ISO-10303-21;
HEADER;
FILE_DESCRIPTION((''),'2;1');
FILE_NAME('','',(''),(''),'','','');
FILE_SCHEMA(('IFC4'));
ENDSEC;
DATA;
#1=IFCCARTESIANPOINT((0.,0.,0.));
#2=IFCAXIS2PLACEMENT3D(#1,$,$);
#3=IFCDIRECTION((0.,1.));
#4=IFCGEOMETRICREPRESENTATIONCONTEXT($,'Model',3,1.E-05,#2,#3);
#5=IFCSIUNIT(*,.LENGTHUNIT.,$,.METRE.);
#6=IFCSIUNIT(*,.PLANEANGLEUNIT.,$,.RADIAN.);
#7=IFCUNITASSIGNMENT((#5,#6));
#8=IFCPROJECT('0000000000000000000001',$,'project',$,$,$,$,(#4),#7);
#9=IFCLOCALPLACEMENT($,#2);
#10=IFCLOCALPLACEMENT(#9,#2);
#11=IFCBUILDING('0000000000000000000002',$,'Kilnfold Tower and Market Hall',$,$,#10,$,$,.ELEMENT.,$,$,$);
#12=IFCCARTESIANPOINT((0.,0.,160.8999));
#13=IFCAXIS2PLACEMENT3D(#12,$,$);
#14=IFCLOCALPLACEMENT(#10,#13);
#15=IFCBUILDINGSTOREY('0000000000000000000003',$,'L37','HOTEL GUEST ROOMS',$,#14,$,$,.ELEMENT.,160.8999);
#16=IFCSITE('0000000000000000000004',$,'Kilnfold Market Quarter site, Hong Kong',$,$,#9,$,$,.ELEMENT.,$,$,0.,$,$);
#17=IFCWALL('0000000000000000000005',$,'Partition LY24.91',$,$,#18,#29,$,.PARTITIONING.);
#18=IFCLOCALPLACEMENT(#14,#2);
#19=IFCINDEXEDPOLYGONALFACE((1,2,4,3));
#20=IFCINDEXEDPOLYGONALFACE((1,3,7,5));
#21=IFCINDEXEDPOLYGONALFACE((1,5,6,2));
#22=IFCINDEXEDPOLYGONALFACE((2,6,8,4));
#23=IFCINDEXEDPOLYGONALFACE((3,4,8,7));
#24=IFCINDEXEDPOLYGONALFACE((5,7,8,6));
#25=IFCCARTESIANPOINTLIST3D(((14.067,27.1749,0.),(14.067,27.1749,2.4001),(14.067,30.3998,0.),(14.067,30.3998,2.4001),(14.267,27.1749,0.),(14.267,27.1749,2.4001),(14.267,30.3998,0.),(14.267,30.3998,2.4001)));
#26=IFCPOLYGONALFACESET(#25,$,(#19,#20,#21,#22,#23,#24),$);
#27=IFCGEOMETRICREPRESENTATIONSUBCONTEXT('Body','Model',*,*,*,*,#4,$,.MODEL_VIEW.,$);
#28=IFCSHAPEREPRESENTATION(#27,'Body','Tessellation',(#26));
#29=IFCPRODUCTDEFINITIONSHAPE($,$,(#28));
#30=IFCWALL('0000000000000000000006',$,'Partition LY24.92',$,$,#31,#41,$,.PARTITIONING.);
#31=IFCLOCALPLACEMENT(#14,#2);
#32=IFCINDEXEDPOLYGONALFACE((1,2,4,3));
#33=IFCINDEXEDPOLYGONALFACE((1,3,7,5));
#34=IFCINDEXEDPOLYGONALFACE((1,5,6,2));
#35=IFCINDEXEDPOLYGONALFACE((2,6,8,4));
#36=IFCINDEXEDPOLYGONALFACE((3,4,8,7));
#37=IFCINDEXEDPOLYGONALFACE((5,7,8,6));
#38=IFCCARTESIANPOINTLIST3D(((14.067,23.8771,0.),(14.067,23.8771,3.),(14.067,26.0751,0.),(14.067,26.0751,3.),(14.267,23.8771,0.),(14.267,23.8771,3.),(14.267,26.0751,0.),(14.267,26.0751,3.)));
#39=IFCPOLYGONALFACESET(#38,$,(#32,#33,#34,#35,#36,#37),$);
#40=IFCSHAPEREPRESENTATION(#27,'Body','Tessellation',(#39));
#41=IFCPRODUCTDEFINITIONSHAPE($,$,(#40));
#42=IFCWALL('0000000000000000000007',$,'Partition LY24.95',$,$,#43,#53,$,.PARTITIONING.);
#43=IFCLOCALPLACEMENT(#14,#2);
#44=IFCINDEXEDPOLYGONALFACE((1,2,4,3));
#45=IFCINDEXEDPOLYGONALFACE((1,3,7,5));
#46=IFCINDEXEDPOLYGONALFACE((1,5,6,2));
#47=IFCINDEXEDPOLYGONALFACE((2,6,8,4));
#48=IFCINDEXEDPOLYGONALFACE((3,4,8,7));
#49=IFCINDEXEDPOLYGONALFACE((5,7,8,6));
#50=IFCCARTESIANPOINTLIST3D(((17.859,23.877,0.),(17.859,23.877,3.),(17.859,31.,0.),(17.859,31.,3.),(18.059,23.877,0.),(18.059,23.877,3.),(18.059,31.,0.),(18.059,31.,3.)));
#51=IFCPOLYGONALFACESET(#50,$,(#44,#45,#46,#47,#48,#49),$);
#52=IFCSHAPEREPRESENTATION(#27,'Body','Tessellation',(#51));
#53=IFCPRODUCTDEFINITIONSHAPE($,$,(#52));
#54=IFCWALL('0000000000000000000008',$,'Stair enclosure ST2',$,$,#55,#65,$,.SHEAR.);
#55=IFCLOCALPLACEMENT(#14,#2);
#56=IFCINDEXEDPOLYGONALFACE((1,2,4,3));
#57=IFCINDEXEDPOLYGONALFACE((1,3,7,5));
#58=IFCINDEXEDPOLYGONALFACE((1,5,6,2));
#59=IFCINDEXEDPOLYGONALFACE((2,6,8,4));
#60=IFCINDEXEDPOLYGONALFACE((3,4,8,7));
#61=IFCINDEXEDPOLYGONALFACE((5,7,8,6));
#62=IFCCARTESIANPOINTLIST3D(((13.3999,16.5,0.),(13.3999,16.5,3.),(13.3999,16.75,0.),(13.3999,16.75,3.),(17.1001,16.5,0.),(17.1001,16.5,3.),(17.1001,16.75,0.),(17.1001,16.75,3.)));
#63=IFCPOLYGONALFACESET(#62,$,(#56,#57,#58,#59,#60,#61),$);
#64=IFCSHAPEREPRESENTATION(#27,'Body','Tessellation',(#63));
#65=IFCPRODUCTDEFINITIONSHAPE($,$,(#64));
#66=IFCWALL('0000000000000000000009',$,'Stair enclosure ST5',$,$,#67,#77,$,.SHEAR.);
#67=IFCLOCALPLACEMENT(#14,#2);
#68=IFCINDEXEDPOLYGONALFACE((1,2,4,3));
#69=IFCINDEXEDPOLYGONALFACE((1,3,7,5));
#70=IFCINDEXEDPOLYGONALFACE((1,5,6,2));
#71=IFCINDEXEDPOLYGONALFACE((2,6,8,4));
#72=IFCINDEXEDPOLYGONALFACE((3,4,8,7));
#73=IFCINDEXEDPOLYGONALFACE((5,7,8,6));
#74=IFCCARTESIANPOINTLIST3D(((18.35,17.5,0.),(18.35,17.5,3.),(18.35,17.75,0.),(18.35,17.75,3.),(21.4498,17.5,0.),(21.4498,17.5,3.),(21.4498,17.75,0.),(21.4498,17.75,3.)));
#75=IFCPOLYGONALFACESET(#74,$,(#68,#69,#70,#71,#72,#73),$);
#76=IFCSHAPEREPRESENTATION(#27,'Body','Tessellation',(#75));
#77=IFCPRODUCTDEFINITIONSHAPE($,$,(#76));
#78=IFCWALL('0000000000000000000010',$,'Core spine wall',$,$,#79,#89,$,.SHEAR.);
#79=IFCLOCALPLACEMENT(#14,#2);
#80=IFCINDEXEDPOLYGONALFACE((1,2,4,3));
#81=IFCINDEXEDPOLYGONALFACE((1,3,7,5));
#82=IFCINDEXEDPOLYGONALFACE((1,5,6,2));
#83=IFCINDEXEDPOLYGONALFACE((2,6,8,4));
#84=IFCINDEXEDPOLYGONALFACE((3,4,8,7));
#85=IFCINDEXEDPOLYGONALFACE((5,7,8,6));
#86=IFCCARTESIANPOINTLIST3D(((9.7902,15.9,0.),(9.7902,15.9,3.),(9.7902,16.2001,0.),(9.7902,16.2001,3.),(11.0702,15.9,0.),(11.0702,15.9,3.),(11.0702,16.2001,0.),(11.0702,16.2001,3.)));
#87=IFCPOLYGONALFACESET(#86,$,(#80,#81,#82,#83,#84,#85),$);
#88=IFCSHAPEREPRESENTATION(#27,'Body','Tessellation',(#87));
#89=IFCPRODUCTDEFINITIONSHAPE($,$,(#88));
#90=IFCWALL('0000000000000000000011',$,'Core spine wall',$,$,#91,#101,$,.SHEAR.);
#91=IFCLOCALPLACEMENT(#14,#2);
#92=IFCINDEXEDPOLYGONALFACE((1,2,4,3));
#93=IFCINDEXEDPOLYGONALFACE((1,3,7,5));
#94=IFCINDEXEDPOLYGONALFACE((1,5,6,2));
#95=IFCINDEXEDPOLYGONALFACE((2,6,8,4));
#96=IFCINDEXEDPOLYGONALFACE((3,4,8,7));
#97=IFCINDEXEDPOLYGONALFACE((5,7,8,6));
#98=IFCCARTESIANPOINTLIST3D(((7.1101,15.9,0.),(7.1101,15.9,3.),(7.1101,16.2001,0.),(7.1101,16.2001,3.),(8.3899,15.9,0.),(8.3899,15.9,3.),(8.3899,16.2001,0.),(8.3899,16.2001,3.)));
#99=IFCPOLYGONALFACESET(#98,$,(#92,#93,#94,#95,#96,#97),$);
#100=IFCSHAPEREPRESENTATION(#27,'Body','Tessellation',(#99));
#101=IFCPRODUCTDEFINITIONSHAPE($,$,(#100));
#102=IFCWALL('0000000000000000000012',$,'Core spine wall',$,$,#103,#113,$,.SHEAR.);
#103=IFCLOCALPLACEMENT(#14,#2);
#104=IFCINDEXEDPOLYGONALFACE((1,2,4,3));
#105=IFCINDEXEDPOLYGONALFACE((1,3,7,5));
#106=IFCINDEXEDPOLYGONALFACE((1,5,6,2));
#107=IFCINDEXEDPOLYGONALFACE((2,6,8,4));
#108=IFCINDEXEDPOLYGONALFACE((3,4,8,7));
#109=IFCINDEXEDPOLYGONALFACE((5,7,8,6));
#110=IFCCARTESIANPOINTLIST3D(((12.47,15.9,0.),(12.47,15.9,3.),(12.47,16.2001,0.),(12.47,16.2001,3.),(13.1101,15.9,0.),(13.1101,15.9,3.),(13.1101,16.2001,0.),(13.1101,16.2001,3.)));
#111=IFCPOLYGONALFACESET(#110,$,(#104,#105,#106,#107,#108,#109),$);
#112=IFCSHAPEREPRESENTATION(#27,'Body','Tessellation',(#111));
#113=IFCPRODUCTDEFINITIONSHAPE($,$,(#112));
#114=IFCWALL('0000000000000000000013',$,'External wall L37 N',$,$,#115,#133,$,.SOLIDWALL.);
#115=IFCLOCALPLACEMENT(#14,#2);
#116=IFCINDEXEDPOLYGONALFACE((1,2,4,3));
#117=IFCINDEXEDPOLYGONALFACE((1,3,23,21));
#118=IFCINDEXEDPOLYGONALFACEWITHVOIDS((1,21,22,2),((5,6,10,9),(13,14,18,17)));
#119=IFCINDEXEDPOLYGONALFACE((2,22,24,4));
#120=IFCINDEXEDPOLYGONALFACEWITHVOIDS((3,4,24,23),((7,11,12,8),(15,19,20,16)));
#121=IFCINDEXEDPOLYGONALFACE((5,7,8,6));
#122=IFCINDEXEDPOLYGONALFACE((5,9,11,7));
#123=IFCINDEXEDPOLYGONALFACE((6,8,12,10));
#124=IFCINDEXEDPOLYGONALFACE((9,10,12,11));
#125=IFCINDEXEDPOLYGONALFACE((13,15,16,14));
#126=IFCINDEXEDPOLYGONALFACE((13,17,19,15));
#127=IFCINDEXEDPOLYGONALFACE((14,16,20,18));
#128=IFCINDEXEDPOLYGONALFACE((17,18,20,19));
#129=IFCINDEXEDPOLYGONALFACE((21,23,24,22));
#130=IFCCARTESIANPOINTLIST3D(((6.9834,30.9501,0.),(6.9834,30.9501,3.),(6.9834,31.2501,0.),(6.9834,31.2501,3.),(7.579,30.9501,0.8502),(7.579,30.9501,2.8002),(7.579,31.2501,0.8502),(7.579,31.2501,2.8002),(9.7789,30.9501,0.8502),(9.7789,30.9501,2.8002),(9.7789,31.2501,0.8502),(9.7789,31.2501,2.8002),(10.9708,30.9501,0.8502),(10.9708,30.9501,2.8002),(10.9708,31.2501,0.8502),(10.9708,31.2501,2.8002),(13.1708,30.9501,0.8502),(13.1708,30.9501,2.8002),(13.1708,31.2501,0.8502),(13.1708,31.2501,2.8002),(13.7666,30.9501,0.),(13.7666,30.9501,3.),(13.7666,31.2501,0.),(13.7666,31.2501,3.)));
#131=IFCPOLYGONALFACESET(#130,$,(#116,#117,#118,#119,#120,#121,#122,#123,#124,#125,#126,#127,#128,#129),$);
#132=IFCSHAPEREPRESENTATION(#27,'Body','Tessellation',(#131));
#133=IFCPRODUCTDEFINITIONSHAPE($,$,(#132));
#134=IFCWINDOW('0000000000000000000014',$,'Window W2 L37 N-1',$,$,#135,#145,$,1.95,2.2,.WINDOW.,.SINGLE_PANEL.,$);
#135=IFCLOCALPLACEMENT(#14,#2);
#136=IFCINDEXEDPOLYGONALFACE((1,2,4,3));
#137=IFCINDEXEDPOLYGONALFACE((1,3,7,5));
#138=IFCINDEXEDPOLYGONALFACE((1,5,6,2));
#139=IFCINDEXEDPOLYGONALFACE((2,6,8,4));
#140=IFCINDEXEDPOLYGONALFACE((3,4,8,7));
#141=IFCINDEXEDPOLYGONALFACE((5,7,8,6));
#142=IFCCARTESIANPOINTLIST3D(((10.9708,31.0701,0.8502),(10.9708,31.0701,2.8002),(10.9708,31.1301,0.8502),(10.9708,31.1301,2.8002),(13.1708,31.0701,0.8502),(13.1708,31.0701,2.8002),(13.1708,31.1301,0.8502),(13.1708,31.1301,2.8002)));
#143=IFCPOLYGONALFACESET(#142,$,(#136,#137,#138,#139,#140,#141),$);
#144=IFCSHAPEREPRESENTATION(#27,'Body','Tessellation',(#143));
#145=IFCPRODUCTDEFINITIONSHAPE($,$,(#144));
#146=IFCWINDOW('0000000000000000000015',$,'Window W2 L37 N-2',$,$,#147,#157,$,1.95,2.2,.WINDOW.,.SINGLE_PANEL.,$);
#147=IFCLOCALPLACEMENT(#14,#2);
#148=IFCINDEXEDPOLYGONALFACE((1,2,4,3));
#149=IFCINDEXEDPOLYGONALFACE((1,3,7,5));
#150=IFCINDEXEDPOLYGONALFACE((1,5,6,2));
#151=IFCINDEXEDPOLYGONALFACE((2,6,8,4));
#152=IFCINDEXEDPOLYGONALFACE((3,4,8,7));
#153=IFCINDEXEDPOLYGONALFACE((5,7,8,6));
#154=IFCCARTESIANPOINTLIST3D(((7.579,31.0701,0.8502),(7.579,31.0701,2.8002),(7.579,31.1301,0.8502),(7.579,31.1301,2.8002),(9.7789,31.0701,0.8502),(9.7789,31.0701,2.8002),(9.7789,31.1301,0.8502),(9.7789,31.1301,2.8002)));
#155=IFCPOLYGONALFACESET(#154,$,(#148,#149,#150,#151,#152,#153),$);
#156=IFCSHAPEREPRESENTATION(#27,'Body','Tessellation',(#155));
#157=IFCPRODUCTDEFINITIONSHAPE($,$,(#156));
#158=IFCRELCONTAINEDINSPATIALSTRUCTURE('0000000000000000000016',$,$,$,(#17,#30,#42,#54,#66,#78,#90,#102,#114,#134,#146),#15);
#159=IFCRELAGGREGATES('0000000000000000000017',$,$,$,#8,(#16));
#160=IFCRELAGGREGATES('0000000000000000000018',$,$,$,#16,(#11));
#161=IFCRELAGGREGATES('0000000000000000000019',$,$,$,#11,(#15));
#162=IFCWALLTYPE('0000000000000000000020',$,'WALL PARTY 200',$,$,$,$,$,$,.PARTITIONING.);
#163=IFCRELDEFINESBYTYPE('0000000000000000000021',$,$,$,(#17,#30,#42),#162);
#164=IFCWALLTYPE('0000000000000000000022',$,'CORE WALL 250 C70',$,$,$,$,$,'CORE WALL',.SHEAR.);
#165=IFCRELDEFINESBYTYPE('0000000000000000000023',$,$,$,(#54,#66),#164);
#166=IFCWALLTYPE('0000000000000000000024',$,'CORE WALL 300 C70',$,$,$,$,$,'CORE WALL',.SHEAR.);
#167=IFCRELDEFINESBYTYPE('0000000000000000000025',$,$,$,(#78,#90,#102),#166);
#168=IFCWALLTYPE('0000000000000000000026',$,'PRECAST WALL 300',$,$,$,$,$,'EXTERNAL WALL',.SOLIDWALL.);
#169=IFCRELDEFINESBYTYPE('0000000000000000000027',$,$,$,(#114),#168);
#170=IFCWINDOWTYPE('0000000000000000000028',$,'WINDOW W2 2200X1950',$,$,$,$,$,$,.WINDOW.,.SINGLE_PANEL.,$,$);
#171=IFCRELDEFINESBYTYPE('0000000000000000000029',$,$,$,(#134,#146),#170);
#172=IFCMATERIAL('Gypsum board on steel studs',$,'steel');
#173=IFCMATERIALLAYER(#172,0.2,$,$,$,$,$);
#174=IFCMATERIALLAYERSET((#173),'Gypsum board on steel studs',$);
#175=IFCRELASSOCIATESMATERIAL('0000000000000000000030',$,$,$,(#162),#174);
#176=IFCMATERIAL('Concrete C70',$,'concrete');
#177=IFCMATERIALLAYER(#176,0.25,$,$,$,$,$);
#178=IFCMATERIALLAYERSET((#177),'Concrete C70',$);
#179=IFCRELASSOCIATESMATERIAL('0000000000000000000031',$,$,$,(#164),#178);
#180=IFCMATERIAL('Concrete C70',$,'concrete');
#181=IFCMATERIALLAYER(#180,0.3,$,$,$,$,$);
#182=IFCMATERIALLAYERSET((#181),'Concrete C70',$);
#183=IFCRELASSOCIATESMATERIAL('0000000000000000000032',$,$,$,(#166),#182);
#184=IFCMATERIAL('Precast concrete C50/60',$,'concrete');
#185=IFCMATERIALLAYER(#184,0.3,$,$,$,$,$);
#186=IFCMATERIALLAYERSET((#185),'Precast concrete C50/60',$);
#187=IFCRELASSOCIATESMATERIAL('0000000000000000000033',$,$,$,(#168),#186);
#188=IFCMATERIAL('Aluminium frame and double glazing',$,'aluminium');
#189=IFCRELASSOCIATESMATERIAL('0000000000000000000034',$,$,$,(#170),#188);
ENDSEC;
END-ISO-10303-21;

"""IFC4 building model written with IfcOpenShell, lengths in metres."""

from ifc_helpers import new_model, si_unit, direction, frame, frame_2d, origin, place, context, subcontext, project, spatial, rectangle, extrude, source, transform, mapped, material, layer, layer_set, type_object, element, fill, save


model = new_model("IFC4")

# Units and contexts
model_context = context("Model", 3, precision=1e-05, world=origin(), true_north=direction((0.0, 1.0)))
body_context = subcontext(model_context, "Body", "Model", "MODEL_VIEW")
ifc_project = project(units=[si_unit("LENGTHUNIT", "METRE"), si_unit("PLANEANGLEUNIT", "RADIAN")], contexts=[model_context])

# Site, building, storey
site_placement = place(None, origin())
site = spatial("IfcSite", under=ifc_project, at=site_placement, Name="Kilnfold Market Quarter site, Hong Kong", CompositionType="ELEMENT", RefElevation=0.0)
building_placement = place(site_placement, origin())
building = spatial("IfcBuilding", under=site, at=building_placement, Name="Kilnfold Tower and Market Hall", CompositionType="ELEMENT")
storey_placement = place(building_placement, frame((0.0, 0.0, 160.8999)))
storey = spatial("IfcBuildingStorey", under=building, at=storey_placement, Name="L37", Description="HOTEL GUEST ROOMS", CompositionType="ELEMENT", Elevation=160.8999)

# Walls
ifc_material_1 = material(Name="Gypsum board on steel studs", Category="steel")
ifc_layer_1 = layer(ifc_material_1, 0.2)
ifc_layer_set_1 = layer_set([ifc_layer_1], Name="Gypsum board on steel studs")
wall_type_1 = type_object("IfcWallType", Name="WALL PARTY 200", PredefinedType="PARTITIONING", material=ifc_layer_set_1)
wall_1_placement = place(storey_placement, frame((14.167, 27.175, 0.0), z_axis=(0.0, 0.0, 1.0), x_axis=(0.0, 1.0, 0.0)))
element("IfcWall", 1, at=wall_1_placement, inside=storey, type_object=wall_type_1, Name="Partition LY24.91", PredefinedType="PARTITIONING", context=body_context, shape_type="SweptSolid", body=[
    extrude(rectangle(XDim=3.2249, YDim=0.2, at=frame_2d((1.6123, 0.0))), origin(), (0.0, 0.0, 1.0), 2.4001),
])
wall_2_placement = place(storey_placement, frame((14.167, 23.877, 0.0), z_axis=(0.0, 0.0, 1.0), x_axis=(0.0, 1.0, 0.0)))
element("IfcWall", 2, at=wall_2_placement, inside=storey, type_object=wall_type_1, Name="Partition LY24.92", PredefinedType="PARTITIONING", context=body_context, shape_type="SweptSolid", body=[
    extrude(rectangle(XDim=2.198, YDim=0.2, at=frame_2d((1.0991, 0.0))), origin(), (0.0, 0.0, 1.0), 3.0),
])
wall_3_placement = place(storey_placement, frame((17.959, 23.877, 0.0), z_axis=(0.0, 0.0, 1.0), x_axis=(0.0, 1.0, 0.0)))
element("IfcWall", 3, at=wall_3_placement, inside=storey, type_object=wall_type_1, Name="Partition LY24.95", PredefinedType="PARTITIONING", context=body_context, shape_type="SweptSolid", body=[
    extrude(rectangle(XDim=7.123, YDim=0.2, at=frame_2d((3.5615, 0.0))), origin(), (0.0, 0.0, 1.0), 3.0),
])
ifc_material_2 = material(Name="Concrete C70", Category="concrete")
ifc_layer_2 = layer(ifc_material_2, 0.25)
ifc_layer_set_2 = layer_set([ifc_layer_2], Name="Concrete C70")
wall_type_2 = type_object("IfcWallType", Name="CORE WALL 250 C70", ElementType="CORE WALL", PredefinedType="SHEAR", material=ifc_layer_set_2)
shared_shape_1 = source(origin(), body_context, "Body", "SweptSolid", [
    extrude(rectangle(XDim=3.7002, YDim=0.25, at=frame_2d((1.8501, 0.0))), origin(), (0.0, 0.0, 1.0), 3.0),
])
wall_4_placement = place(storey_placement, frame((13.3999, 16.625, 0.0), z_axis=(0.0, 0.0, 1.0), x_axis=(1.0, 0.0, 0.0)))
element("IfcWall", 4, at=wall_4_placement, inside=storey, type_object=wall_type_2, Name="Stair enclosure ST2", PredefinedType="SHEAR", context=body_context, shape_type="MappedRepresentation", body=[
    mapped(shared_shape_1, transform((0.0, 0.0, 0.0))),
])
shared_shape_2 = source(origin(), body_context, "Body", "SweptSolid", [
    extrude(rectangle(XDim=3.0999, YDim=0.25, at=frame_2d((1.5498, 0.0))), origin(), (0.0, 0.0, 1.0), 3.0),
])
wall_5_placement = place(storey_placement, frame((18.3501, 17.625, 0.0), z_axis=(0.0, 0.0, 1.0), x_axis=(1.0, 0.0, 0.0)))
element("IfcWall", 5, at=wall_5_placement, inside=storey, type_object=wall_type_2, Name="Stair enclosure ST5", PredefinedType="SHEAR", context=body_context, shape_type="MappedRepresentation", body=[
    mapped(shared_shape_2, transform((0.0, 0.0, 0.0))),
])
ifc_material_3 = material(Name="Concrete C70", Category="concrete")
ifc_layer_3 = layer(ifc_material_3, 0.3)
ifc_layer_set_3 = layer_set([ifc_layer_3], Name="Concrete C70")
wall_type_3 = type_object("IfcWallType", Name="CORE WALL 300 C70", ElementType="CORE WALL", PredefinedType="SHEAR", material=ifc_layer_set_3)
shared_shape_3 = source(origin(), body_context, "Body", "SweptSolid", [
    extrude(rectangle(XDim=1.28, YDim=0.3, at=frame_2d((0.6401, 0.0))), origin(), (0.0, 0.0, 1.0), 3.0),
])
wall_6_placement = place(storey_placement, frame((9.79, 16.05, 0.0), z_axis=(0.0, 0.0, 1.0), x_axis=(1.0, 0.0, 0.0)))
element("IfcWall", 6, at=wall_6_placement, inside=storey, type_object=wall_type_3, Name="Core spine wall", PredefinedType="SHEAR", context=body_context, shape_type="MappedRepresentation", body=[
    mapped(shared_shape_3, transform((0.0, 0.0, 0.0))),
])
shared_shape_4 = source(origin(), body_context, "Body", "SweptSolid", [
    extrude(rectangle(XDim=1.2798, YDim=0.3, at=frame_2d((0.6399, 0.0))), origin(), (0.0, 0.0, 1.0), 3.0),
])
wall_7_placement = place(storey_placement, frame((7.1101, 16.05, 0.0), z_axis=(0.0, 0.0, 1.0), x_axis=(1.0, 0.0, 0.0)))
element("IfcWall", 7, at=wall_7_placement, inside=storey, type_object=wall_type_3, Name="Core spine wall", PredefinedType="SHEAR", context=body_context, shape_type="MappedRepresentation", body=[
    mapped(shared_shape_4, transform((0.0, 0.0, 0.0))),
])
shared_shape_5 = source(origin(), body_context, "Body", "SweptSolid", [
    extrude(rectangle(XDim=0.6401, YDim=0.3, at=frame_2d((0.3201, 0.0))), origin(), (0.0, 0.0, 1.0), 3.0),
])
wall_8_placement = place(storey_placement, frame((12.47, 16.05, 0.0), z_axis=(0.0, 0.0, 1.0), x_axis=(1.0, 0.0, 0.0)))
element("IfcWall", 8, at=wall_8_placement, inside=storey, type_object=wall_type_3, Name="Core spine wall", PredefinedType="SHEAR", context=body_context, shape_type="MappedRepresentation", body=[
    mapped(shared_shape_5, transform((0.0, 0.0, 0.0))),
])

# Wall, openings, windows
ifc_material_4 = material(Name="Precast concrete C50/60", Category="concrete")
ifc_layer_4 = layer(ifc_material_4, 0.3)
ifc_layer_set_4 = layer_set([ifc_layer_4], Name="Precast concrete C50/60")
wall_type_4 = type_object("IfcWallType", Name="PRECAST WALL 300", ElementType="EXTERNAL WALL", PredefinedType="SOLIDWALL", material=ifc_layer_set_4)
shared_shape_6 = source(origin(), body_context, "Body", "SweptSolid", [
    extrude(rectangle(XDim=6.7832, YDim=0.3, at=frame_2d((3.3916, 0.0))), origin(), (0.0, 0.0, 1.0), 3.0),
])
wall_9_placement = place(storey_placement, frame((13.7666, 31.1001, 0.0), z_axis=(0.0, 0.0, 1.0), x_axis=(-1.0, 0.0, 0.0)))
wall_9 = element("IfcWall", 9, at=wall_9_placement, inside=storey, type_object=wall_type_4, Name="External wall L37 N", PredefinedType="SOLIDWALL", context=body_context, shape_type="MappedRepresentation", body=[
    mapped(shared_shape_6, transform((0.0, 0.0, 0.0))),
])
opening_1_placement = place(wall_9_placement, frame((0.5957, 0.0, 0.8501)))
opening_1 = element("IfcOpeningElement", 10, at=opening_1_placement, cuts=wall_9, PredefinedType="OPENING", context=body_context, shape_type="SweptSolid", body=[
    extrude(rectangle(XDim=2.2, YDim=1.95, at=frame_2d((1.1001, 0.9751))), frame((0.0, 0.1602, 0.0), z_axis=(0.0, -1.0, 0.0), x_axis=(1.0, 0.0, 0.0)), (0.0, 0.0, 1.0), 0.3201),
])
opening_2_placement = place(wall_9_placement, frame((3.9875, 0.0, 0.8501)))
opening_2 = element("IfcOpeningElement", 11, at=opening_2_placement, cuts=wall_9, PredefinedType="OPENING", context=body_context, shape_type="SweptSolid", body=[
    extrude(rectangle(XDim=2.2, YDim=1.95, at=frame_2d((1.1001, 0.9751))), frame((0.0, 0.1602, 0.0), z_axis=(0.0, -1.0, 0.0), x_axis=(1.0, 0.0, 0.0)), (0.0, 0.0, 1.0), 0.3201),
])
ifc_material_5 = material(Name="Aluminium frame and double glazing", Category="aluminium")
window_type = type_object("IfcWindowType", Name="WINDOW W2 2200X1950", PartitioningType="SINGLE_PANEL", PredefinedType="WINDOW", material=ifc_material_5)
window_1_placement = place(opening_1_placement, origin())
window_1 = element("IfcWindow", 12, at=window_1_placement, inside=storey, type_object=window_type, Name="Window W2 L37 N-1", OverallHeight=1.95, OverallWidth=2.2, PartitioningType="SINGLE_PANEL", PredefinedType="WINDOW", context=body_context, shape_type="SweptSolid", body=[
    extrude(rectangle(XDim=2.2, YDim=1.95, at=frame_2d((1.1001, 0.9751))), frame((0.0, 0.03, 0.0), z_axis=(0.0, -1.0, 0.0), x_axis=(1.0, 0.0, 0.0)), (0.0, 0.0, 1.0), 0.0601),
])
fill(opening_1, window_1)
window_2_placement = place(opening_2_placement, origin())
window_2 = element("IfcWindow", 13, at=window_2_placement, inside=storey, type_object=window_type, Name="Window W2 L37 N-2", OverallHeight=1.95, OverallWidth=2.2, PartitioningType="SINGLE_PANEL", PredefinedType="WINDOW", context=body_context, shape_type="SweptSolid", body=[
    extrude(rectangle(XDim=2.2, YDim=1.95, at=frame_2d((1.1001, 0.9751))), frame((0.0, 0.03, 0.0), z_axis=(0.0, -1.0, 0.0), x_axis=(1.0, 0.0, 0.0)), (0.0, 0.0, 1.0), 0.0601),
])
fill(opening_2, window_2)

save(model, "model.ifc")
